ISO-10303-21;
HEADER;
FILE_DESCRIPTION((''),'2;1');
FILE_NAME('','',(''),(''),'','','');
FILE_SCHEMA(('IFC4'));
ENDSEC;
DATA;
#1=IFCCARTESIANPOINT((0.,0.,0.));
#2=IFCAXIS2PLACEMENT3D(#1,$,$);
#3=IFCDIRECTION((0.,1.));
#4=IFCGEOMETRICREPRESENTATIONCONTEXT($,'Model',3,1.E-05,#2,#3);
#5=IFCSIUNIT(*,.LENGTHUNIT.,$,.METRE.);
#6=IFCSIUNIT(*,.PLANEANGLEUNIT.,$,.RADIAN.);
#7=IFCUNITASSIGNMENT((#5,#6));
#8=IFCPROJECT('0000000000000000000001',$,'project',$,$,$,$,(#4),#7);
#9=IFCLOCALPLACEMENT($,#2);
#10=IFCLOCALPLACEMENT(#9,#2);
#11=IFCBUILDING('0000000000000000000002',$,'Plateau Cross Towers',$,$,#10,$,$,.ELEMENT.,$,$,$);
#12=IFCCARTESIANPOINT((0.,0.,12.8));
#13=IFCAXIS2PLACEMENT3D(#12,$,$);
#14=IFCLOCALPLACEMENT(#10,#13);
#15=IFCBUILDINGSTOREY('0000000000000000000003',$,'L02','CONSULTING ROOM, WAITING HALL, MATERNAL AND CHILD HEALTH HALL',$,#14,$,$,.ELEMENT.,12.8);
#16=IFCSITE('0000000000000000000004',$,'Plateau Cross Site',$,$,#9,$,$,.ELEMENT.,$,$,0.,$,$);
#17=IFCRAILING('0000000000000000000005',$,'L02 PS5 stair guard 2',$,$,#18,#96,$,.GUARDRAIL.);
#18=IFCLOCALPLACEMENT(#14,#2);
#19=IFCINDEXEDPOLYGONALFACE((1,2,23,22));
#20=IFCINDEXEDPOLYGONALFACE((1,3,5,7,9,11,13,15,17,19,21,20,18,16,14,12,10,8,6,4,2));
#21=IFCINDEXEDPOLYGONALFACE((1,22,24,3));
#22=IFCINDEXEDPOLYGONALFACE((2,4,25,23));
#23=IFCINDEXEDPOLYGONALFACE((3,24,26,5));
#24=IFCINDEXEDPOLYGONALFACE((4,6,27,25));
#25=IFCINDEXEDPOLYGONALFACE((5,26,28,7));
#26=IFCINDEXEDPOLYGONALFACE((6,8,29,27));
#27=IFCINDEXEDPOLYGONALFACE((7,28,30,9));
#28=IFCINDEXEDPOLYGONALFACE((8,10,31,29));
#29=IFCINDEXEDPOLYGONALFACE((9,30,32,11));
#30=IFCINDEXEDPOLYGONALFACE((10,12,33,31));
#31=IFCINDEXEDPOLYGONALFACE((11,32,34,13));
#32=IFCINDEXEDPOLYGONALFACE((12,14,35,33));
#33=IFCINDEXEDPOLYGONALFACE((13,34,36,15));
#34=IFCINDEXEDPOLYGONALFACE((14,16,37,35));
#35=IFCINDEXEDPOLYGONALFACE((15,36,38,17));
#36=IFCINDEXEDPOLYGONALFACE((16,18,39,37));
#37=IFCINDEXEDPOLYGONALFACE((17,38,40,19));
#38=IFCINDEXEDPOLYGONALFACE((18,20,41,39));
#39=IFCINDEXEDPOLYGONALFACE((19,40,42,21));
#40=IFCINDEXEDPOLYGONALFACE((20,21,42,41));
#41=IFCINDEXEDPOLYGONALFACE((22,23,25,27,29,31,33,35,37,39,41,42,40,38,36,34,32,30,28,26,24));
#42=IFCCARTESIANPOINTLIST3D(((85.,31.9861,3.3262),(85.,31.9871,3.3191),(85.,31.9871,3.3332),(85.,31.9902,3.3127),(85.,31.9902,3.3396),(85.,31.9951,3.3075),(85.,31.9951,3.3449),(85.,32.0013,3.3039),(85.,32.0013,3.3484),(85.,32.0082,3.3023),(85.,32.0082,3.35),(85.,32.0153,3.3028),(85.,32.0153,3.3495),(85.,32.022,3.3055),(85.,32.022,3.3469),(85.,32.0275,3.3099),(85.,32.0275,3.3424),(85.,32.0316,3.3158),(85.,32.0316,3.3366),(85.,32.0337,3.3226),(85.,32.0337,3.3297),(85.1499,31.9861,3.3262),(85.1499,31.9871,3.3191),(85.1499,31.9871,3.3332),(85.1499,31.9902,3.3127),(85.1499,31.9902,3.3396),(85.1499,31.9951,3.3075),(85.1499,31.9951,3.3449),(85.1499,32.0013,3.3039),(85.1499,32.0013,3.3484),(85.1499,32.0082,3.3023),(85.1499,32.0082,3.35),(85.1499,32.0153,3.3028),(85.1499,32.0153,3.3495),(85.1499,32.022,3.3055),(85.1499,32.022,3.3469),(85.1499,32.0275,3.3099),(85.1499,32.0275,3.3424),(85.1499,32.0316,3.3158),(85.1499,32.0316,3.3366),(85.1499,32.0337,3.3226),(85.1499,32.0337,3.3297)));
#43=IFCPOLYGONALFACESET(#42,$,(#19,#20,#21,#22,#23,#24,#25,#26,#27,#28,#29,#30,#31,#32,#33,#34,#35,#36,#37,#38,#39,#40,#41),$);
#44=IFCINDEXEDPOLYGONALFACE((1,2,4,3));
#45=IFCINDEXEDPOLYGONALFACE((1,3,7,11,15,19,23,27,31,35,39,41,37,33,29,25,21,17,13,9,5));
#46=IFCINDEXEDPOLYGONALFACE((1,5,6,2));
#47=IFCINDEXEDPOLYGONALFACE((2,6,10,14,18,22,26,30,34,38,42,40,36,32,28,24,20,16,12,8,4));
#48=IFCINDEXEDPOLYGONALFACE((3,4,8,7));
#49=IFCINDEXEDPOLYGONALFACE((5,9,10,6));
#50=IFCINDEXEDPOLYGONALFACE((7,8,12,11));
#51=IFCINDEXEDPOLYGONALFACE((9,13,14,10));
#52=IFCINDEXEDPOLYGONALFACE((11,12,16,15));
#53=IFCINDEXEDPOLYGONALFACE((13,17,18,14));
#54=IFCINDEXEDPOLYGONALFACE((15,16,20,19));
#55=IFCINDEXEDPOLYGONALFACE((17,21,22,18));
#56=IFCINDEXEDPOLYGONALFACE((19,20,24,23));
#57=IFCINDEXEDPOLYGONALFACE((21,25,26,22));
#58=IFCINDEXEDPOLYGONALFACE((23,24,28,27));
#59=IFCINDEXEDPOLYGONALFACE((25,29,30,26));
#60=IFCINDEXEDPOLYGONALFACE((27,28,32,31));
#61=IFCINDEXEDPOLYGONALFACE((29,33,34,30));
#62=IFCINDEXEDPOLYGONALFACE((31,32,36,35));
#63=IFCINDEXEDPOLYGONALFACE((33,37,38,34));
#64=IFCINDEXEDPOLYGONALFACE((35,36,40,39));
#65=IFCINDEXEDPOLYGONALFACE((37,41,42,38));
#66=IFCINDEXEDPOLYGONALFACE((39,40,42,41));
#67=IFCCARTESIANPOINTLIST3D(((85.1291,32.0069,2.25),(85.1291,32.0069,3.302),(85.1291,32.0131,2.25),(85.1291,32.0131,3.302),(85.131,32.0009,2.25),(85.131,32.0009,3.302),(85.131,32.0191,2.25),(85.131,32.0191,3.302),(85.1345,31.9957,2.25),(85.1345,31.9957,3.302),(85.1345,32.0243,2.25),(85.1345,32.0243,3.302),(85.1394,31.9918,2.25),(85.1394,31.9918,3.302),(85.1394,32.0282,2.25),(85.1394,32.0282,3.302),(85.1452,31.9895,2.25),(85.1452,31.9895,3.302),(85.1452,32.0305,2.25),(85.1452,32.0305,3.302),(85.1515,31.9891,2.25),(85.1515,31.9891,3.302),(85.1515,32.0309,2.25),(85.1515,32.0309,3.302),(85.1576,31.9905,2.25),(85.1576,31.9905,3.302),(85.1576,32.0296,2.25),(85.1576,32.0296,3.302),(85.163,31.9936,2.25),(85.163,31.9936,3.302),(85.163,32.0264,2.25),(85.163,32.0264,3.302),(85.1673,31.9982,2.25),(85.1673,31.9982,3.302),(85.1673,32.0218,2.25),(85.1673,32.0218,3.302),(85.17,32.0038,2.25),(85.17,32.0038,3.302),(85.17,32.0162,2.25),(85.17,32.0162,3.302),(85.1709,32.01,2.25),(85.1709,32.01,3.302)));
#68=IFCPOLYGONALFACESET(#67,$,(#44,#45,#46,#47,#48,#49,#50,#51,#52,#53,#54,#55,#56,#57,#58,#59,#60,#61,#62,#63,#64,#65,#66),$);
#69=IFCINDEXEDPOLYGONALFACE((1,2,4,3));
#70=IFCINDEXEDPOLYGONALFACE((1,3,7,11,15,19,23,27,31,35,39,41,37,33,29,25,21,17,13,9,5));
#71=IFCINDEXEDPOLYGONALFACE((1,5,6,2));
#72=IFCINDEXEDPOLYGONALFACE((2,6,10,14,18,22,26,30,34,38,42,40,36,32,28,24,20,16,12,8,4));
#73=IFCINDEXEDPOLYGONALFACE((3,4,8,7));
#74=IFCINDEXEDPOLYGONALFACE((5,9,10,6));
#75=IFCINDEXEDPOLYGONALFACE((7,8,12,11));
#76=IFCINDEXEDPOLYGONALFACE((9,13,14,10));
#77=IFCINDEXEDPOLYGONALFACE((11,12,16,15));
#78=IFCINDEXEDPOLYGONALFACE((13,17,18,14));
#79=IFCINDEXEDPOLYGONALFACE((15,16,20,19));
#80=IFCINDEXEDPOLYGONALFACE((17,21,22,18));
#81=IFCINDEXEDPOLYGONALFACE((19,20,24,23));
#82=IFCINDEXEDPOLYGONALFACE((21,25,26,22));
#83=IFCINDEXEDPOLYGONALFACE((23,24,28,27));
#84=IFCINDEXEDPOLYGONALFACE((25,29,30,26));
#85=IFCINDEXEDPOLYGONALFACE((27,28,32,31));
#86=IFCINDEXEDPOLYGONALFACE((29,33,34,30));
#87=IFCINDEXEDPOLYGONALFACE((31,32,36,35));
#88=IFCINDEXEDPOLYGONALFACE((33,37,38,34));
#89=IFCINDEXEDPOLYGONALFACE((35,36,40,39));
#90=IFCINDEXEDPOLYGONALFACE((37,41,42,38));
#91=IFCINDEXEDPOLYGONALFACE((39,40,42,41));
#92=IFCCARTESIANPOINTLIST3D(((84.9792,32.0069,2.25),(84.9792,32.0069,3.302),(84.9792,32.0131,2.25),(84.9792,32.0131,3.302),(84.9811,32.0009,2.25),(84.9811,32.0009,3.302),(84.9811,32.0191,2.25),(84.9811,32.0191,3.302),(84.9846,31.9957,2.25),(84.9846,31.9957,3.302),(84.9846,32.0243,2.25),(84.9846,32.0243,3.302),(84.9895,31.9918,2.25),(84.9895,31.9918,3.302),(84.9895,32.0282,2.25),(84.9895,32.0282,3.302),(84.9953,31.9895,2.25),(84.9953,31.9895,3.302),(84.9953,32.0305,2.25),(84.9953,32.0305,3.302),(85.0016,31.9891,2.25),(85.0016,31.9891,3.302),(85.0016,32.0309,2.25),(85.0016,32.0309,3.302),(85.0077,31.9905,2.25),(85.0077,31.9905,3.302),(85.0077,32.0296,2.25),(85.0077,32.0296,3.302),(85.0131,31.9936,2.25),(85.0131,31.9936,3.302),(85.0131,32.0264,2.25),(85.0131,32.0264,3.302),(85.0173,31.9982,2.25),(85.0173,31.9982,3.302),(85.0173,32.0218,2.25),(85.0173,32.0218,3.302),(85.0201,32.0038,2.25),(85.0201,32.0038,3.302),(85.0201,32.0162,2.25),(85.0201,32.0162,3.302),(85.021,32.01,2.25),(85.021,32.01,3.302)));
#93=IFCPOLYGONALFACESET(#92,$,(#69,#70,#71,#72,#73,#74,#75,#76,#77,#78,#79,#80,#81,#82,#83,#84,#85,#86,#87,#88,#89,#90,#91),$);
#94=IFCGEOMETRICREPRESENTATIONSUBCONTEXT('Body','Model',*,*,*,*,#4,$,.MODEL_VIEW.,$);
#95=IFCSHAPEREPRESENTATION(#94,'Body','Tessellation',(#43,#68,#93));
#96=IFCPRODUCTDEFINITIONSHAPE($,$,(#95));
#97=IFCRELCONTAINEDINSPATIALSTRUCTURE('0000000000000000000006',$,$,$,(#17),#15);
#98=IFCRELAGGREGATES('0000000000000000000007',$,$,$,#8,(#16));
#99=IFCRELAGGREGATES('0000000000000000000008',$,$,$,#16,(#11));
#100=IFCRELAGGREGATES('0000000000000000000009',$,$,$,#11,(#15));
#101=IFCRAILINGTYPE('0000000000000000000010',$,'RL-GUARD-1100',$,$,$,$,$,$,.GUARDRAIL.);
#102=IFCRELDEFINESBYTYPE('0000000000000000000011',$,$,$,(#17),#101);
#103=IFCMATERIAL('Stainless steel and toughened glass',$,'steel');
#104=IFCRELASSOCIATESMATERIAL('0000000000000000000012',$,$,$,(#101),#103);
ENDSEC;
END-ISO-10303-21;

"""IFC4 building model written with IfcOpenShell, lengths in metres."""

from ifc_helpers import new_model, si_unit, direction, frame, origin, origin_2d, place, context, subcontext, project, spatial, circle, extrude, material, type_object, element, save


model = new_model("IFC4")

# Units and contexts
model_context = context("Model", 3, precision=1e-05, world=origin(), true_north=direction((0.0, 1.0)))
body_context = subcontext(model_context, "Body", "Model", "MODEL_VIEW")
ifc_project = project(units=[si_unit("LENGTHUNIT", "METRE"), si_unit("PLANEANGLEUNIT", "RADIAN")], contexts=[model_context])

# Site, building, storey
site_placement = place(None, origin())
site = spatial("IfcSite", under=ifc_project, at=site_placement, Name="Plateau Cross Site", CompositionType="ELEMENT", RefElevation=0.0)
building_placement = place(site_placement, origin())
building = spatial("IfcBuilding", under=site, at=building_placement, Name="Plateau Cross Towers", CompositionType="ELEMENT")
storey_placement = place(building_placement, frame((0.0, 0.0, 12.8)))
storey = spatial("IfcBuildingStorey", under=building, at=storey_placement, Name="L02", Description="CONSULTING ROOM, WAITING HALL, MATERNAL AND CHILD HEALTH HALL", CompositionType="ELEMENT", Elevation=12.8)

# Railing
ifc_material_1 = material(Name="Stainless steel and toughened glass", Category="steel")
railing_type_1 = type_object("IfcRailingType", Name="RL-GUARD-1100", PredefinedType="GUARDRAIL", material=ifc_material_1)
railing_1_placement = place(storey_placement, frame((85.1499, 32.01, 2.25)))
element("IfcRailing", 1, at=railing_1_placement, inside=storey, type_object=railing_type_1, Name="L02 PS5 stair guard 2", PredefinedType="GUARDRAIL", context=body_context, shape_type="SweptSolid", body=[
    extrude(circle(Radius=0.0239, at=origin_2d()), frame((0.0, 0.0, 1.0762), z_axis=(-1.0, 0.0, 0.0), x_axis=(0.0, -1.0, 0.0)), (0.0, 0.0, 1.0), 0.1499),
    extrude(circle(Radius=0.021, at=origin_2d()), origin(), (0.0, 0.0, 1.0), 1.052),
    extrude(circle(Radius=0.021, at=origin_2d()), frame((-0.1499, 0.0, 0.0)), (0.0, 0.0, 1.0), 1.052),
])

save(model, "model.ifc")
